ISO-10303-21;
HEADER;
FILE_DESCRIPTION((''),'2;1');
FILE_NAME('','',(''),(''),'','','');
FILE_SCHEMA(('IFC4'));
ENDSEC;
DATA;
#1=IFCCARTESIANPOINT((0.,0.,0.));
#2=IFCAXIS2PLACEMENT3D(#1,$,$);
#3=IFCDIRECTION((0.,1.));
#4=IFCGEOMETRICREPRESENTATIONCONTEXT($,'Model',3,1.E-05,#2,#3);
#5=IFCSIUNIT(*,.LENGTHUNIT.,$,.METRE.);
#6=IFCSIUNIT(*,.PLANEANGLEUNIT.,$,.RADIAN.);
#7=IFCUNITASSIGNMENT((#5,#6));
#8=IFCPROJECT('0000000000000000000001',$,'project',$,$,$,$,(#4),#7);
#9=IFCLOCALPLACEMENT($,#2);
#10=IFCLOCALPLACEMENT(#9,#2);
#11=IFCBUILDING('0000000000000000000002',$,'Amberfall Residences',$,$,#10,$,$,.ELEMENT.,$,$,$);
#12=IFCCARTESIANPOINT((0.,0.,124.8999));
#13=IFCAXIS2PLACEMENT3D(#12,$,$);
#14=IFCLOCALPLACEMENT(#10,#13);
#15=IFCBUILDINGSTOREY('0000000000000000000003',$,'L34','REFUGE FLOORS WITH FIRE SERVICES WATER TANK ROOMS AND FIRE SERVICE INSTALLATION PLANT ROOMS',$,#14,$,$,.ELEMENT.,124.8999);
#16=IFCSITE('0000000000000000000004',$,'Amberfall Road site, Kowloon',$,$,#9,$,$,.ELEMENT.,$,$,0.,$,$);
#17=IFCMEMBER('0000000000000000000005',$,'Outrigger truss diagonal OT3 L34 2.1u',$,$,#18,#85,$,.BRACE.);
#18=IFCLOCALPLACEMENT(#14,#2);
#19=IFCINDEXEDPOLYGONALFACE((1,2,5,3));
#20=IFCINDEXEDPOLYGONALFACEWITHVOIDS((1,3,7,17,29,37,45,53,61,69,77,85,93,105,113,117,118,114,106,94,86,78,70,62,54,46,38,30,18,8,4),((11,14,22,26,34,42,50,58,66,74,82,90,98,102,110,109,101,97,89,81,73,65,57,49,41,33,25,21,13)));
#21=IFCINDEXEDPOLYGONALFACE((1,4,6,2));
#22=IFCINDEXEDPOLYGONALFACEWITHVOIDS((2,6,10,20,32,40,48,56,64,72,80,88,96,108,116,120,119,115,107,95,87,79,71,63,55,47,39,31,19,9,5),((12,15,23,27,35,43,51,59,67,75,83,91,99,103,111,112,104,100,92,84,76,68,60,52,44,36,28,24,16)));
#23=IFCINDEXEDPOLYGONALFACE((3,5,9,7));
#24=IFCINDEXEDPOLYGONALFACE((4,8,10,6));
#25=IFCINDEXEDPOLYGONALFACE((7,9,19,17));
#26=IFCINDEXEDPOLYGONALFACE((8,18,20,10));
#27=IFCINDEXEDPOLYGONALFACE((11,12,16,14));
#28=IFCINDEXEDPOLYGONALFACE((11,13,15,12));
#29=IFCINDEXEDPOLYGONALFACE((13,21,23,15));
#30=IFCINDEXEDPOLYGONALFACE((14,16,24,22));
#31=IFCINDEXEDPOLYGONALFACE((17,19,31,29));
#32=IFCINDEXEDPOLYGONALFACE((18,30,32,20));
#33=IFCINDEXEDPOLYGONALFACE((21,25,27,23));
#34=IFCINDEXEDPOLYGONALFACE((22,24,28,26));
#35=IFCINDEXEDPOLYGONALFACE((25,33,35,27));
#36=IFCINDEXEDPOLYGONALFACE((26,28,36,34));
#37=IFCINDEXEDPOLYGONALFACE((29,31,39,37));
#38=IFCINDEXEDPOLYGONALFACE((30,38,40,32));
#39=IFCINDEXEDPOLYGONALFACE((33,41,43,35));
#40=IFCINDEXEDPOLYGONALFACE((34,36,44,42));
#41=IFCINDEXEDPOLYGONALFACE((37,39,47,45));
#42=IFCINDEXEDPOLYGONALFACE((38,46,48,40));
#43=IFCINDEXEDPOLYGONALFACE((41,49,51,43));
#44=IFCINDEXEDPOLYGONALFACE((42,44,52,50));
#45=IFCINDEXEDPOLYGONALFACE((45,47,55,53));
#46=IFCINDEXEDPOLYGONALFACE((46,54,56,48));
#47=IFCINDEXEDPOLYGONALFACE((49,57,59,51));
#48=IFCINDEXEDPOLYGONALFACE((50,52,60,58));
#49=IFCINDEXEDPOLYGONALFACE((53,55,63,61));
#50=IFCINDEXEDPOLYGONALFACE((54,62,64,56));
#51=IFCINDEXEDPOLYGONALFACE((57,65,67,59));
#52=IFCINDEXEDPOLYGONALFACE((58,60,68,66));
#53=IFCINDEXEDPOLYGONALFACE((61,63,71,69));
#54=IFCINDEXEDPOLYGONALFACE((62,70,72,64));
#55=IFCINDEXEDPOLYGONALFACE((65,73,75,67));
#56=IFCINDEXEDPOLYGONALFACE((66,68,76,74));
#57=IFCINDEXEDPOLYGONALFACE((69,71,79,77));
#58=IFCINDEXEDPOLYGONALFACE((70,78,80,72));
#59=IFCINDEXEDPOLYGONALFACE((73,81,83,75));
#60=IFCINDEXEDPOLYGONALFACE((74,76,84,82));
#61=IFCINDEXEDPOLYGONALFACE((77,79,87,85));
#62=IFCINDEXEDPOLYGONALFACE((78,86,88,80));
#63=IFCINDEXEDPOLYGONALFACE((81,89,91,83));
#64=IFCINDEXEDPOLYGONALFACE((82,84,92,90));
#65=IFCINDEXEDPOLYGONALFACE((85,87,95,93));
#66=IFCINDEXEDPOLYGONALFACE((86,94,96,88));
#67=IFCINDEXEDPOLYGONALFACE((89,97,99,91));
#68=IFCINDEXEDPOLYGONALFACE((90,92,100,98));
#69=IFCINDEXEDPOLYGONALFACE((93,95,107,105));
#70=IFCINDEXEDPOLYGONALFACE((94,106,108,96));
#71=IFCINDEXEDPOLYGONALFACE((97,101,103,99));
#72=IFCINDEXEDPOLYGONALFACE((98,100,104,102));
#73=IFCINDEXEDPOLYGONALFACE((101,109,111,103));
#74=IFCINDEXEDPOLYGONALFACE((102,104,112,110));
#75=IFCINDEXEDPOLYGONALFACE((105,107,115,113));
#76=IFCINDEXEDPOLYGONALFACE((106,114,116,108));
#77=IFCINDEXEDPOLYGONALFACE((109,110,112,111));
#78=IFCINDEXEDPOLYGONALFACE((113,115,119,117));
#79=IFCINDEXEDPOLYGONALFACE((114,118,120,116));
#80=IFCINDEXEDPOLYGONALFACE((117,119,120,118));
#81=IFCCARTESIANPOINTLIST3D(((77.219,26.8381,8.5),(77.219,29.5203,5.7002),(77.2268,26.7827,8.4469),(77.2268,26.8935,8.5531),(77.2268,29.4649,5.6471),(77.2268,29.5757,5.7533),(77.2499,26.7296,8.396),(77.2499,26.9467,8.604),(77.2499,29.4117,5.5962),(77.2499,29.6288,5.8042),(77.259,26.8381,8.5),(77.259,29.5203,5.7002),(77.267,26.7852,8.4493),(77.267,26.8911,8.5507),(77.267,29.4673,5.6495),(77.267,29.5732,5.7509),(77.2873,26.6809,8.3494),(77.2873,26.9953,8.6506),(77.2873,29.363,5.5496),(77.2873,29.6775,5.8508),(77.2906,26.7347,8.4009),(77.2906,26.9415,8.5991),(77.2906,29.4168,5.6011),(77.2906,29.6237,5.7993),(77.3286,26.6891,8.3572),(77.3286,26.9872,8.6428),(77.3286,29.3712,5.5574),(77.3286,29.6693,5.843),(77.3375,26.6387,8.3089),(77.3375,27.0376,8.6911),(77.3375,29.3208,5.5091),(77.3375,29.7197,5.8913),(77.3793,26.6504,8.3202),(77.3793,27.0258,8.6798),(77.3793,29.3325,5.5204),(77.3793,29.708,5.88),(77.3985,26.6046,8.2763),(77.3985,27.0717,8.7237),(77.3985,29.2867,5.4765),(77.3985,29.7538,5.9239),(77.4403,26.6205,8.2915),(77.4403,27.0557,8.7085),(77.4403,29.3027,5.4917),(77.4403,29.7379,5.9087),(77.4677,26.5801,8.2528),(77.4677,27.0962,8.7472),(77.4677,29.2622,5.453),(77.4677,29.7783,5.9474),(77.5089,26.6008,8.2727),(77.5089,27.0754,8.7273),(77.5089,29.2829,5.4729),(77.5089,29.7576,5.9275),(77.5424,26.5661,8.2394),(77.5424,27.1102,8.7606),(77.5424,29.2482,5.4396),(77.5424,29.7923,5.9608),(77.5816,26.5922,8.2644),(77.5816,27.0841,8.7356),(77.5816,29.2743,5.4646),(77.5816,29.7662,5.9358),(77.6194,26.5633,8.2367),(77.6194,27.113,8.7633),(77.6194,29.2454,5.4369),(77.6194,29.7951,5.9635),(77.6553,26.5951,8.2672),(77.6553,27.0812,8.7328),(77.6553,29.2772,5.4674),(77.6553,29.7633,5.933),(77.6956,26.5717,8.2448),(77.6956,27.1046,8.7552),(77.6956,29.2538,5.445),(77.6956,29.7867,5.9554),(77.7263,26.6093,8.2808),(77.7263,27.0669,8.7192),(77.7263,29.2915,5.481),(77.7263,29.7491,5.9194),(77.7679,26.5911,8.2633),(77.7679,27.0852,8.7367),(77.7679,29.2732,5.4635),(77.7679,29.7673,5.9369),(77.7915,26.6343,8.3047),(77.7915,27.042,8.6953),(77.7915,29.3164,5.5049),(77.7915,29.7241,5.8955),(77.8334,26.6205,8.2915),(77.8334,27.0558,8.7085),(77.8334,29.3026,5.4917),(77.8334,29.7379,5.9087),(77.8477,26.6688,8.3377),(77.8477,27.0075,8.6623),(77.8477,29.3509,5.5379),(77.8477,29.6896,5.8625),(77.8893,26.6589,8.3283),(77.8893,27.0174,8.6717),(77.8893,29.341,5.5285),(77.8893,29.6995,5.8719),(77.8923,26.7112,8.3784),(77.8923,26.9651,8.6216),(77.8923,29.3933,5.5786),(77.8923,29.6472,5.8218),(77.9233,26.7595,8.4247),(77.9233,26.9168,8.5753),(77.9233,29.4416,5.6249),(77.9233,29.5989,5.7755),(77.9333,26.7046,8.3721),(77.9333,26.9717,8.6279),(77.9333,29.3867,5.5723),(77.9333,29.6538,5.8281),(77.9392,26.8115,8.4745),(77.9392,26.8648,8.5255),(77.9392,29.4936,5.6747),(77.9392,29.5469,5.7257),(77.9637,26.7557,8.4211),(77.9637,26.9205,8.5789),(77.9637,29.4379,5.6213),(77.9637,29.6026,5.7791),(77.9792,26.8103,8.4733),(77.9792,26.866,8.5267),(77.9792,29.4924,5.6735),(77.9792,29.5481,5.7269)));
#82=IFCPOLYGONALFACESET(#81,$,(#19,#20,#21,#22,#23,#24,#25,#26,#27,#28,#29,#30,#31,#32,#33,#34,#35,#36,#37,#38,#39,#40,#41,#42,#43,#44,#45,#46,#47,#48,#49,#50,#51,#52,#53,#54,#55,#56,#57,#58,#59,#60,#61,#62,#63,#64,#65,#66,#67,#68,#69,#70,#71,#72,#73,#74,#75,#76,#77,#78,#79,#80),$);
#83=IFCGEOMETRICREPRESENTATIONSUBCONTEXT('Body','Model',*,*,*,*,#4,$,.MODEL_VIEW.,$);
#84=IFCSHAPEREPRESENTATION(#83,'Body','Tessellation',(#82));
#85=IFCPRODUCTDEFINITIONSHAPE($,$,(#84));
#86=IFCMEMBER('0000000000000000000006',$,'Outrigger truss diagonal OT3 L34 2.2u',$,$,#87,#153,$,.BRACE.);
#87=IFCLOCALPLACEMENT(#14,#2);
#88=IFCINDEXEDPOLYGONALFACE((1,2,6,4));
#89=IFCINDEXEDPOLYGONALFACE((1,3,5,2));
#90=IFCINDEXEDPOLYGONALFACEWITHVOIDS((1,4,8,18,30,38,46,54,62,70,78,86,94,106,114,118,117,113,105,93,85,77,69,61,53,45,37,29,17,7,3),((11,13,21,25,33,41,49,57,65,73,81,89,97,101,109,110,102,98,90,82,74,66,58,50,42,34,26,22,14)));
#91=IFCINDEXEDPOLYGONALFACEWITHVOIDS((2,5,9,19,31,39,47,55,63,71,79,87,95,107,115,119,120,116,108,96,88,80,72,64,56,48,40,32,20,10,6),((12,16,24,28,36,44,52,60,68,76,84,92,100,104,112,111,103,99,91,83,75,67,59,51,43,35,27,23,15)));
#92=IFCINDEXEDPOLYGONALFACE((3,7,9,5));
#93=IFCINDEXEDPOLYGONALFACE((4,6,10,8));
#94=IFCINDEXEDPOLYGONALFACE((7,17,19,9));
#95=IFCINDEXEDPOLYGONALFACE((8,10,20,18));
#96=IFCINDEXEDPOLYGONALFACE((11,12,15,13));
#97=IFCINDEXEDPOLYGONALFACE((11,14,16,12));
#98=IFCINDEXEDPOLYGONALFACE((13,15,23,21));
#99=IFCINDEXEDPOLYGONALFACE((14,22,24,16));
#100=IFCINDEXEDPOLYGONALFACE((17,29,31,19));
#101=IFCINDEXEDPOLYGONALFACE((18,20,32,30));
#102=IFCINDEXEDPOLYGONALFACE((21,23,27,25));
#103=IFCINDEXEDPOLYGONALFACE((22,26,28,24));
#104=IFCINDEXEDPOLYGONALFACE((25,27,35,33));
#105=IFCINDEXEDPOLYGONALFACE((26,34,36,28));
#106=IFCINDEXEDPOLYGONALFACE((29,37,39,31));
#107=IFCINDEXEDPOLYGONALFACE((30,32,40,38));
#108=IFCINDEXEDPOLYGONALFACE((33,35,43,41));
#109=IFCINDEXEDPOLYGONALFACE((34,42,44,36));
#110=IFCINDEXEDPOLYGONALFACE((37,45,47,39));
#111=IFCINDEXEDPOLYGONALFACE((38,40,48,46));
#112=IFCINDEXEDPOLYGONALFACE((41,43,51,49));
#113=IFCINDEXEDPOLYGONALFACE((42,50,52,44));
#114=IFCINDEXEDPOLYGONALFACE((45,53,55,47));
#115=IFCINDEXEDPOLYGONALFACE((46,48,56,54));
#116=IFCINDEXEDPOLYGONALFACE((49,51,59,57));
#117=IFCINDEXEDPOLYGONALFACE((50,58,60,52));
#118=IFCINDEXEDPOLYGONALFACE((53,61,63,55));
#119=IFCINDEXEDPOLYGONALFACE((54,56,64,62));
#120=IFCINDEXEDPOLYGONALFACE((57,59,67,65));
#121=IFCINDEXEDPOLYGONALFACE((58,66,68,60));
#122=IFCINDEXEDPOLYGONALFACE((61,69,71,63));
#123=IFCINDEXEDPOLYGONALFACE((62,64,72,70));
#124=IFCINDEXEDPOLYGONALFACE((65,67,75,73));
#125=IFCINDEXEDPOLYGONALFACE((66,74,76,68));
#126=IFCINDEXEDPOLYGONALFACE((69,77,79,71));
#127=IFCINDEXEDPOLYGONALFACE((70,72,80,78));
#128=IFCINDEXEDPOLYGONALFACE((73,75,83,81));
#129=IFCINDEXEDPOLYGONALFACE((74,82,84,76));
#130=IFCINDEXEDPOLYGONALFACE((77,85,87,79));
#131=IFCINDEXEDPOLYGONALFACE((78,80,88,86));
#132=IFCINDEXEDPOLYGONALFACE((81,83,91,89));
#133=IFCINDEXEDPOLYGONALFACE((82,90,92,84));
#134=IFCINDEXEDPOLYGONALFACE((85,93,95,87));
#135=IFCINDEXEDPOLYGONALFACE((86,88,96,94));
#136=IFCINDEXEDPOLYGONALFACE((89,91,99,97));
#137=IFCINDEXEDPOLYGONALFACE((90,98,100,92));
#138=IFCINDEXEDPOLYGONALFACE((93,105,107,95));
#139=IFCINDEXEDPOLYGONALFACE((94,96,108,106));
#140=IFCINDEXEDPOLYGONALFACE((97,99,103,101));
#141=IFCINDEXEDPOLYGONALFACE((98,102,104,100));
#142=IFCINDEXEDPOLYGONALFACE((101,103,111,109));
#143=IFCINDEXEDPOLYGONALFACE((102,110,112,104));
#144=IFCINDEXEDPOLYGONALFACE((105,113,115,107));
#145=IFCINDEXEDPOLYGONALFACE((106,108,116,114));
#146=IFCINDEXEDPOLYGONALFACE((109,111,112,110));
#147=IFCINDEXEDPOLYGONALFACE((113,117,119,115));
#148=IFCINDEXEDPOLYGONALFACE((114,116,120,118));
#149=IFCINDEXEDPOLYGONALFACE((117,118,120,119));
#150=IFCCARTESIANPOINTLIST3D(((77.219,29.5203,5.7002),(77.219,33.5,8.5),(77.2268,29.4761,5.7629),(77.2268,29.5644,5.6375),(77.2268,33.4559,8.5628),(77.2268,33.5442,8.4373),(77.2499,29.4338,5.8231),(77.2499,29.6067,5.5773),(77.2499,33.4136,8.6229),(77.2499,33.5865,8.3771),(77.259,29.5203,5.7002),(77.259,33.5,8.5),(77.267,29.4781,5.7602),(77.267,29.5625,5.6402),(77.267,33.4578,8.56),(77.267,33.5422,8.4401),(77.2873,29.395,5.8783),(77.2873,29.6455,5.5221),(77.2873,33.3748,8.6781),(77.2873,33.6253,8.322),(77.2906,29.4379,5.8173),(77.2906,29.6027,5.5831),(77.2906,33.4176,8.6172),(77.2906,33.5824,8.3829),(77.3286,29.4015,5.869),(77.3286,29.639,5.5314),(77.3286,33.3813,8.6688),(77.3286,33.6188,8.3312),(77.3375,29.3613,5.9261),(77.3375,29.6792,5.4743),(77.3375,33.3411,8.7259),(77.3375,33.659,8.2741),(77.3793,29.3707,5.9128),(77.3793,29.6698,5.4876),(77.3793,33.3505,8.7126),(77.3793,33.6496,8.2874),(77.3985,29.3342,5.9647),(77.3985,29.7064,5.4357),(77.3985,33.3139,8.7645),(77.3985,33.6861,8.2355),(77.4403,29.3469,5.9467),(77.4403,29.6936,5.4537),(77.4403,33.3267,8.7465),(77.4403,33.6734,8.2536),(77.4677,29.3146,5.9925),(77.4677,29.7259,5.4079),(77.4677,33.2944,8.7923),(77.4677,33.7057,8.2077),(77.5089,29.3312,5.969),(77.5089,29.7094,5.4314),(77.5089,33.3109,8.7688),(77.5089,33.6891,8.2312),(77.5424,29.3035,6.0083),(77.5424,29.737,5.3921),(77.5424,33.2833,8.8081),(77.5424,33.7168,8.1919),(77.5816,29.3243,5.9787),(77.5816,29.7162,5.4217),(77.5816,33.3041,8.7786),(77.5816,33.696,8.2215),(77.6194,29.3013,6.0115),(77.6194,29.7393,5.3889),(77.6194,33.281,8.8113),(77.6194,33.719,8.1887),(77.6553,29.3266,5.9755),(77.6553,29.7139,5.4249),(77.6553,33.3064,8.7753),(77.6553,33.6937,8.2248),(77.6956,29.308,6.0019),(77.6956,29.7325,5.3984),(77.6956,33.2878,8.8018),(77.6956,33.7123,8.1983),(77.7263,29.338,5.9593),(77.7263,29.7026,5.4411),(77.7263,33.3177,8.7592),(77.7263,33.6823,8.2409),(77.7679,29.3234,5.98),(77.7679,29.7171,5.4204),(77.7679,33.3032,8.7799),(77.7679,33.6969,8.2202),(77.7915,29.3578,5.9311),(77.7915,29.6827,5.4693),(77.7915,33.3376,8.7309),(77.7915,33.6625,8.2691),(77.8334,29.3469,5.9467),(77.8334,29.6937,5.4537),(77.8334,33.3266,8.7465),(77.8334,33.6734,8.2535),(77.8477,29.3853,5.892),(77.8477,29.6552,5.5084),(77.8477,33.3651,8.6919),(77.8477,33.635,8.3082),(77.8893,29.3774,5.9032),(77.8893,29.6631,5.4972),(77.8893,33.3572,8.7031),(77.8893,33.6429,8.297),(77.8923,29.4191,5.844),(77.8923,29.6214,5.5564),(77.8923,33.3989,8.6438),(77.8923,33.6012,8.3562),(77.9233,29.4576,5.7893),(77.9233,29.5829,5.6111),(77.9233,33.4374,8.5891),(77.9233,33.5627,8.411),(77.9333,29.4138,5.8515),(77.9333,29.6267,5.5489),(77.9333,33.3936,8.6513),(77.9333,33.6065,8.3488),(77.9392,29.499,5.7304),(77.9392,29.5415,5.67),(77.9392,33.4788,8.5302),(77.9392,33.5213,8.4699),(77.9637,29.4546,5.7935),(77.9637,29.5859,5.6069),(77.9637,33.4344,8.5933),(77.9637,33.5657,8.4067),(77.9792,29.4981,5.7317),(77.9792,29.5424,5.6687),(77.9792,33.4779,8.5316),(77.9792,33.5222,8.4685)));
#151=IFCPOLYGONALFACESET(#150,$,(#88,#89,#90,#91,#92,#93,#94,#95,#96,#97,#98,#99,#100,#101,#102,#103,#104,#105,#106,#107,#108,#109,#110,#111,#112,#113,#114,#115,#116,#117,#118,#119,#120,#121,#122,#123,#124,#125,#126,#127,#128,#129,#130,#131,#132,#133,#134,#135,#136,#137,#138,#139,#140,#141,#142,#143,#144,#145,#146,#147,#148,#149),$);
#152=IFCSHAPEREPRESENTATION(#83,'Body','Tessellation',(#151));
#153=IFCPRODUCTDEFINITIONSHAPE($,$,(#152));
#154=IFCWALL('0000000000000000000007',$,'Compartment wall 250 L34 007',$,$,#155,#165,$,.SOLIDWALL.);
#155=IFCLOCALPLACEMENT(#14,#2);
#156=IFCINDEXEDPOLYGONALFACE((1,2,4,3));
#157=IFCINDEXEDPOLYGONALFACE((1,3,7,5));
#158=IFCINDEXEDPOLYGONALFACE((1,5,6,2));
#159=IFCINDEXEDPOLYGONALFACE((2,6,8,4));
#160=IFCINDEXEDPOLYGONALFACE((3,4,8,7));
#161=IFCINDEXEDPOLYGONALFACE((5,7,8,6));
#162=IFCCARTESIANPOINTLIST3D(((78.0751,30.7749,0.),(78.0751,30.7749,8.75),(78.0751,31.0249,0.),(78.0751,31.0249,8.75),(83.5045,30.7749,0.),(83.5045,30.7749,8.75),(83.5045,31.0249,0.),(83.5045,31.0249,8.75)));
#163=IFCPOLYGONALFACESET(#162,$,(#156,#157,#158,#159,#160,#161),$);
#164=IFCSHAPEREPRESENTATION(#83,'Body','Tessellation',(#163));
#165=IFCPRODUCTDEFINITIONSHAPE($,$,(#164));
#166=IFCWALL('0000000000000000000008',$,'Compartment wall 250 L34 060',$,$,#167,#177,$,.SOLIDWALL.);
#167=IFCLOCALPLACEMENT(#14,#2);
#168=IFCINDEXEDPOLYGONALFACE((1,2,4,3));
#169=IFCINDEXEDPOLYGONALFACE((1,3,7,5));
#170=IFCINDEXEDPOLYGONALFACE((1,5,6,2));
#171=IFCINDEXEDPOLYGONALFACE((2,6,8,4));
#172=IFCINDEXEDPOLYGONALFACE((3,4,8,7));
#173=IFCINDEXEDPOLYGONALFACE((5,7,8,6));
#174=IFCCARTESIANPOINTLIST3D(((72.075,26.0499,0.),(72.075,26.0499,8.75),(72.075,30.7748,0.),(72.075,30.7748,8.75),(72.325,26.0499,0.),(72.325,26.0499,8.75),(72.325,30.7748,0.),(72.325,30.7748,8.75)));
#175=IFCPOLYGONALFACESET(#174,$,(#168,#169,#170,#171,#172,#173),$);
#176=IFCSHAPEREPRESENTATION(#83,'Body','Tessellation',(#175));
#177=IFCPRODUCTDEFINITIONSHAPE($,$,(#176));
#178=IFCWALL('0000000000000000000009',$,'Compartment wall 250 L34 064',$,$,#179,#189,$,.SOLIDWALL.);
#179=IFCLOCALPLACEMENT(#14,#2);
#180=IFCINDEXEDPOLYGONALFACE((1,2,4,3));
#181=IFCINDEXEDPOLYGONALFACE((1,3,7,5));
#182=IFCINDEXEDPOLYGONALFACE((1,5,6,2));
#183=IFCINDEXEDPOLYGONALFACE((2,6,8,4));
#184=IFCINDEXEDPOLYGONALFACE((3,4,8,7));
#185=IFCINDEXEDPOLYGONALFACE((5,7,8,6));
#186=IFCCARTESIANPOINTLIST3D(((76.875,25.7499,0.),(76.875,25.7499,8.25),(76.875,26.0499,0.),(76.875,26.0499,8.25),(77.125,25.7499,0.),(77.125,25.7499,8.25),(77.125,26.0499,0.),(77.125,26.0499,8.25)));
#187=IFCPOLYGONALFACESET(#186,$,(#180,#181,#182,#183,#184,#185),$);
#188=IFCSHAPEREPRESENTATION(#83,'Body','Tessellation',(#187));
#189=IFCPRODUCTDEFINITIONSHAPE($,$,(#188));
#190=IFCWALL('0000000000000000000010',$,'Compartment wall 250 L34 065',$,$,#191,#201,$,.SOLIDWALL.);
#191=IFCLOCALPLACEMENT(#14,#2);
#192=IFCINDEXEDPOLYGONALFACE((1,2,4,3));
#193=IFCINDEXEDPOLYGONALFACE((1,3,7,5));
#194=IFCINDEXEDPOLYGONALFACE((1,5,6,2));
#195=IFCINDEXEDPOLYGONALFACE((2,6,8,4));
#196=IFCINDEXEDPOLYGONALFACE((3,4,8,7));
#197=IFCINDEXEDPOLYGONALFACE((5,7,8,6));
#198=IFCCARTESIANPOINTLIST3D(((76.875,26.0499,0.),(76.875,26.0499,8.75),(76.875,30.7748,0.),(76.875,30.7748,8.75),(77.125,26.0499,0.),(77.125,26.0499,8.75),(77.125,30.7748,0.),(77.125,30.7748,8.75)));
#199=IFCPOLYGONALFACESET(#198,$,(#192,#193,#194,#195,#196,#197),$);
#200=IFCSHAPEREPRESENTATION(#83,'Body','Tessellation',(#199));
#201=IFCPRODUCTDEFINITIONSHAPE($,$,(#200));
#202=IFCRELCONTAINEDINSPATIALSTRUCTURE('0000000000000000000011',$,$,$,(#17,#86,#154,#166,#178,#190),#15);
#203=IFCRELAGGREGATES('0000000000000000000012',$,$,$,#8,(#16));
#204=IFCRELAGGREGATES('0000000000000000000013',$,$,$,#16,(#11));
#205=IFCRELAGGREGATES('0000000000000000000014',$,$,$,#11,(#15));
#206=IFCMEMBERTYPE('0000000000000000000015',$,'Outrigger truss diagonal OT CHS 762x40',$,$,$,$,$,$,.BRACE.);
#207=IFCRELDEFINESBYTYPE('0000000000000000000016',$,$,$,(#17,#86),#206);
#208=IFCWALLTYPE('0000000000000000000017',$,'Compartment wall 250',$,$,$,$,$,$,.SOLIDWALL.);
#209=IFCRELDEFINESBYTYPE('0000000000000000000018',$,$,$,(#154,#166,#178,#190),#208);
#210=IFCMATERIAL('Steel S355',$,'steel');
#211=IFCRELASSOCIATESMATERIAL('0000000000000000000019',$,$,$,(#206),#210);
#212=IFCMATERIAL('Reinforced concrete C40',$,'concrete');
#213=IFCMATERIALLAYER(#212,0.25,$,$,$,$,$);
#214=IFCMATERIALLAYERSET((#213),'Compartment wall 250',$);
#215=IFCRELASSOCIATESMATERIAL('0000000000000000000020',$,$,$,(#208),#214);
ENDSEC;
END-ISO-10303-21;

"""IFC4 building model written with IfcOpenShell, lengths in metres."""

from ifc_helpers import new_model, si_unit, direction, frame, frame_2d, origin, origin_2d, place, context, subcontext, project, spatial, rectangle, hollow_circle, extrude, material, layer, layer_set, material_profile, profile_set, type_object, element, save


model = new_model("IFC4")

# Units and contexts
model_context = context("Model", 3, precision=1e-05, world=origin(), true_north=direction((0.0, 1.0)))
body_context = subcontext(model_context, "Body", "Model", "MODEL_VIEW")
ifc_project = project(units=[si_unit("LENGTHUNIT", "METRE"), si_unit("PLANEANGLEUNIT", "RADIAN")], contexts=[model_context])

# Site, building, storey
site_placement = place(None, origin())
site = spatial("IfcSite", under=ifc_project, at=site_placement, Name="Amberfall Road site, Kowloon", CompositionType="ELEMENT", RefElevation=0.0)
building_placement = place(site_placement, origin())
building = spatial("IfcBuilding", under=site, at=building_placement, Name="Amberfall Residences", CompositionType="ELEMENT")
storey_placement = place(building_placement, frame((0.0, 0.0, 124.8999)))
storey = spatial("IfcBuildingStorey", under=building, at=storey_placement, Name="L34", Description="REFUGE FLOORS WITH FIRE SERVICES WATER TANK ROOMS AND FIRE SERVICE INSTALLATION PLANT ROOMS", CompositionType="ELEMENT", Elevation=124.8999)

# Shared definitions
ifc_material_1 = material(Name="Steel S355", Category="steel")

# Members
ifc_material_profile_1 = material_profile(ifc_material_1, hollow_circle(Radius=0.3811, WallThickness=0.04, at=origin_2d()), Name="CHS 762x40")
ifc_profile_set_1 = profile_set([ifc_material_profile_1], Name="Steel S355")
member_type_1 = type_object("IfcMemberType", Name="Outrigger truss diagonal OT CHS 762x40", PredefinedType="BRACE", material=ifc_profile_set_1)
member_1_placement = place(storey_placement, frame((77.6001, 26.8381, 8.5), z_axis=(0.0, 0.691769, -0.722119), x_axis=(-1.0, 0.0, 0.0)))
element("IfcMember", 1, at=member_1_placement, inside=storey, type_object=member_type_1, Name="Outrigger truss diagonal OT3 L34 2.1u", PredefinedType="BRACE", context=body_context, shape_type="SweptSolid", body=[
    extrude(hollow_circle(Radius=0.3811, WallThickness=0.04, at=origin_2d()), origin(), (0.0, 0.0, 1.0), 3.8772),
])
member_2_placement = place(storey_placement, frame((77.6001, 29.5203, 5.7002), z_axis=(0.0, 0.817879, 0.57539), x_axis=(-1.0, 0.0, 0.0)))
element("IfcMember", 2, at=member_2_placement, inside=storey, type_object=member_type_1, Name="Outrigger truss diagonal OT3 L34 2.2u", PredefinedType="BRACE", context=body_context, shape_type="SweptSolid", body=[
    extrude(hollow_circle(Radius=0.3811, WallThickness=0.04, at=origin_2d()), origin(), (0.0, 0.0, 1.0), 4.866),
])

# Walls
ifc_material_2 = material(Name="Reinforced concrete C40", Category="concrete")
ifc_layer_1 = layer(ifc_material_2, 0.25)
ifc_layer_set_1 = layer_set([ifc_layer_1], Name="Compartment wall 250")
wall_type_1 = type_object("IfcWallType", Name="Compartment wall 250", PredefinedType="SOLIDWALL", material=ifc_layer_set_1)
wall_1_placement = place(storey_placement, frame((78.075, 30.8999, 0.0), z_axis=(0.0, 0.0, 1.0), x_axis=(1.0, 0.0, 0.0)))
element("IfcWall", 3, at=wall_1_placement, inside=storey, type_object=wall_type_1, Name="Compartment wall 250 L34 007", PredefinedType="SOLIDWALL", context=body_context, shape_type="SweptSolid", body=[
    extrude(rectangle(XDim=5.4294, YDim=0.25, at=frame_2d((2.7148, 0.0))), origin(), (0.0, 0.0, 1.0), 8.75),
])
wall_2_placement = place(storey_placement, frame((72.2, 26.05, 0.0), z_axis=(0.0, 0.0, 1.0), x_axis=(0.0, 1.0, 0.0)))
element("IfcWall", 4, at=wall_2_placement, inside=storey, type_object=wall_type_1, Name="Compartment wall 250 L34 060", PredefinedType="SOLIDWALL", context=body_context, shape_type="SweptSolid", body=[
    extrude(rectangle(XDim=4.7249, YDim=0.25, at=frame_2d((2.3623, 0.0))), origin(), (0.0, 0.0, 1.0), 8.75),
])
wall_3_placement = place(storey_placement, frame((77.0, 25.75, 0.0), z_axis=(0.0, 0.0, 1.0), x_axis=(0.0, 1.0, 0.0)))
element("IfcWall", 5, at=wall_3_placement, inside=storey, type_object=wall_type_1, Name="Compartment wall 250 L34 064", PredefinedType="SOLIDWALL", context=body_context, shape_type="SweptSolid", body=[
    extrude(rectangle(XDim=0.3, YDim=0.25, at=frame_2d((0.1499, 0.0))), origin(), (0.0, 0.0, 1.0), 8.25),
])
wall_4_placement = place(storey_placement, frame((77.0, 26.05, 0.0), z_axis=(0.0, 0.0, 1.0), x_axis=(0.0, 1.0, 0.0)))
element("IfcWall", 6, at=wall_4_placement, inside=storey, type_object=wall_type_1, Name="Compartment wall 250 L34 065", PredefinedType="SOLIDWALL", context=body_context, shape_type="SweptSolid", body=[
    extrude(rectangle(XDim=4.7249, YDim=0.25, at=frame_2d((2.3623, 0.0))), origin(), (0.0, 0.0, 1.0), 8.75),
])

save(model, "model.ifc")
